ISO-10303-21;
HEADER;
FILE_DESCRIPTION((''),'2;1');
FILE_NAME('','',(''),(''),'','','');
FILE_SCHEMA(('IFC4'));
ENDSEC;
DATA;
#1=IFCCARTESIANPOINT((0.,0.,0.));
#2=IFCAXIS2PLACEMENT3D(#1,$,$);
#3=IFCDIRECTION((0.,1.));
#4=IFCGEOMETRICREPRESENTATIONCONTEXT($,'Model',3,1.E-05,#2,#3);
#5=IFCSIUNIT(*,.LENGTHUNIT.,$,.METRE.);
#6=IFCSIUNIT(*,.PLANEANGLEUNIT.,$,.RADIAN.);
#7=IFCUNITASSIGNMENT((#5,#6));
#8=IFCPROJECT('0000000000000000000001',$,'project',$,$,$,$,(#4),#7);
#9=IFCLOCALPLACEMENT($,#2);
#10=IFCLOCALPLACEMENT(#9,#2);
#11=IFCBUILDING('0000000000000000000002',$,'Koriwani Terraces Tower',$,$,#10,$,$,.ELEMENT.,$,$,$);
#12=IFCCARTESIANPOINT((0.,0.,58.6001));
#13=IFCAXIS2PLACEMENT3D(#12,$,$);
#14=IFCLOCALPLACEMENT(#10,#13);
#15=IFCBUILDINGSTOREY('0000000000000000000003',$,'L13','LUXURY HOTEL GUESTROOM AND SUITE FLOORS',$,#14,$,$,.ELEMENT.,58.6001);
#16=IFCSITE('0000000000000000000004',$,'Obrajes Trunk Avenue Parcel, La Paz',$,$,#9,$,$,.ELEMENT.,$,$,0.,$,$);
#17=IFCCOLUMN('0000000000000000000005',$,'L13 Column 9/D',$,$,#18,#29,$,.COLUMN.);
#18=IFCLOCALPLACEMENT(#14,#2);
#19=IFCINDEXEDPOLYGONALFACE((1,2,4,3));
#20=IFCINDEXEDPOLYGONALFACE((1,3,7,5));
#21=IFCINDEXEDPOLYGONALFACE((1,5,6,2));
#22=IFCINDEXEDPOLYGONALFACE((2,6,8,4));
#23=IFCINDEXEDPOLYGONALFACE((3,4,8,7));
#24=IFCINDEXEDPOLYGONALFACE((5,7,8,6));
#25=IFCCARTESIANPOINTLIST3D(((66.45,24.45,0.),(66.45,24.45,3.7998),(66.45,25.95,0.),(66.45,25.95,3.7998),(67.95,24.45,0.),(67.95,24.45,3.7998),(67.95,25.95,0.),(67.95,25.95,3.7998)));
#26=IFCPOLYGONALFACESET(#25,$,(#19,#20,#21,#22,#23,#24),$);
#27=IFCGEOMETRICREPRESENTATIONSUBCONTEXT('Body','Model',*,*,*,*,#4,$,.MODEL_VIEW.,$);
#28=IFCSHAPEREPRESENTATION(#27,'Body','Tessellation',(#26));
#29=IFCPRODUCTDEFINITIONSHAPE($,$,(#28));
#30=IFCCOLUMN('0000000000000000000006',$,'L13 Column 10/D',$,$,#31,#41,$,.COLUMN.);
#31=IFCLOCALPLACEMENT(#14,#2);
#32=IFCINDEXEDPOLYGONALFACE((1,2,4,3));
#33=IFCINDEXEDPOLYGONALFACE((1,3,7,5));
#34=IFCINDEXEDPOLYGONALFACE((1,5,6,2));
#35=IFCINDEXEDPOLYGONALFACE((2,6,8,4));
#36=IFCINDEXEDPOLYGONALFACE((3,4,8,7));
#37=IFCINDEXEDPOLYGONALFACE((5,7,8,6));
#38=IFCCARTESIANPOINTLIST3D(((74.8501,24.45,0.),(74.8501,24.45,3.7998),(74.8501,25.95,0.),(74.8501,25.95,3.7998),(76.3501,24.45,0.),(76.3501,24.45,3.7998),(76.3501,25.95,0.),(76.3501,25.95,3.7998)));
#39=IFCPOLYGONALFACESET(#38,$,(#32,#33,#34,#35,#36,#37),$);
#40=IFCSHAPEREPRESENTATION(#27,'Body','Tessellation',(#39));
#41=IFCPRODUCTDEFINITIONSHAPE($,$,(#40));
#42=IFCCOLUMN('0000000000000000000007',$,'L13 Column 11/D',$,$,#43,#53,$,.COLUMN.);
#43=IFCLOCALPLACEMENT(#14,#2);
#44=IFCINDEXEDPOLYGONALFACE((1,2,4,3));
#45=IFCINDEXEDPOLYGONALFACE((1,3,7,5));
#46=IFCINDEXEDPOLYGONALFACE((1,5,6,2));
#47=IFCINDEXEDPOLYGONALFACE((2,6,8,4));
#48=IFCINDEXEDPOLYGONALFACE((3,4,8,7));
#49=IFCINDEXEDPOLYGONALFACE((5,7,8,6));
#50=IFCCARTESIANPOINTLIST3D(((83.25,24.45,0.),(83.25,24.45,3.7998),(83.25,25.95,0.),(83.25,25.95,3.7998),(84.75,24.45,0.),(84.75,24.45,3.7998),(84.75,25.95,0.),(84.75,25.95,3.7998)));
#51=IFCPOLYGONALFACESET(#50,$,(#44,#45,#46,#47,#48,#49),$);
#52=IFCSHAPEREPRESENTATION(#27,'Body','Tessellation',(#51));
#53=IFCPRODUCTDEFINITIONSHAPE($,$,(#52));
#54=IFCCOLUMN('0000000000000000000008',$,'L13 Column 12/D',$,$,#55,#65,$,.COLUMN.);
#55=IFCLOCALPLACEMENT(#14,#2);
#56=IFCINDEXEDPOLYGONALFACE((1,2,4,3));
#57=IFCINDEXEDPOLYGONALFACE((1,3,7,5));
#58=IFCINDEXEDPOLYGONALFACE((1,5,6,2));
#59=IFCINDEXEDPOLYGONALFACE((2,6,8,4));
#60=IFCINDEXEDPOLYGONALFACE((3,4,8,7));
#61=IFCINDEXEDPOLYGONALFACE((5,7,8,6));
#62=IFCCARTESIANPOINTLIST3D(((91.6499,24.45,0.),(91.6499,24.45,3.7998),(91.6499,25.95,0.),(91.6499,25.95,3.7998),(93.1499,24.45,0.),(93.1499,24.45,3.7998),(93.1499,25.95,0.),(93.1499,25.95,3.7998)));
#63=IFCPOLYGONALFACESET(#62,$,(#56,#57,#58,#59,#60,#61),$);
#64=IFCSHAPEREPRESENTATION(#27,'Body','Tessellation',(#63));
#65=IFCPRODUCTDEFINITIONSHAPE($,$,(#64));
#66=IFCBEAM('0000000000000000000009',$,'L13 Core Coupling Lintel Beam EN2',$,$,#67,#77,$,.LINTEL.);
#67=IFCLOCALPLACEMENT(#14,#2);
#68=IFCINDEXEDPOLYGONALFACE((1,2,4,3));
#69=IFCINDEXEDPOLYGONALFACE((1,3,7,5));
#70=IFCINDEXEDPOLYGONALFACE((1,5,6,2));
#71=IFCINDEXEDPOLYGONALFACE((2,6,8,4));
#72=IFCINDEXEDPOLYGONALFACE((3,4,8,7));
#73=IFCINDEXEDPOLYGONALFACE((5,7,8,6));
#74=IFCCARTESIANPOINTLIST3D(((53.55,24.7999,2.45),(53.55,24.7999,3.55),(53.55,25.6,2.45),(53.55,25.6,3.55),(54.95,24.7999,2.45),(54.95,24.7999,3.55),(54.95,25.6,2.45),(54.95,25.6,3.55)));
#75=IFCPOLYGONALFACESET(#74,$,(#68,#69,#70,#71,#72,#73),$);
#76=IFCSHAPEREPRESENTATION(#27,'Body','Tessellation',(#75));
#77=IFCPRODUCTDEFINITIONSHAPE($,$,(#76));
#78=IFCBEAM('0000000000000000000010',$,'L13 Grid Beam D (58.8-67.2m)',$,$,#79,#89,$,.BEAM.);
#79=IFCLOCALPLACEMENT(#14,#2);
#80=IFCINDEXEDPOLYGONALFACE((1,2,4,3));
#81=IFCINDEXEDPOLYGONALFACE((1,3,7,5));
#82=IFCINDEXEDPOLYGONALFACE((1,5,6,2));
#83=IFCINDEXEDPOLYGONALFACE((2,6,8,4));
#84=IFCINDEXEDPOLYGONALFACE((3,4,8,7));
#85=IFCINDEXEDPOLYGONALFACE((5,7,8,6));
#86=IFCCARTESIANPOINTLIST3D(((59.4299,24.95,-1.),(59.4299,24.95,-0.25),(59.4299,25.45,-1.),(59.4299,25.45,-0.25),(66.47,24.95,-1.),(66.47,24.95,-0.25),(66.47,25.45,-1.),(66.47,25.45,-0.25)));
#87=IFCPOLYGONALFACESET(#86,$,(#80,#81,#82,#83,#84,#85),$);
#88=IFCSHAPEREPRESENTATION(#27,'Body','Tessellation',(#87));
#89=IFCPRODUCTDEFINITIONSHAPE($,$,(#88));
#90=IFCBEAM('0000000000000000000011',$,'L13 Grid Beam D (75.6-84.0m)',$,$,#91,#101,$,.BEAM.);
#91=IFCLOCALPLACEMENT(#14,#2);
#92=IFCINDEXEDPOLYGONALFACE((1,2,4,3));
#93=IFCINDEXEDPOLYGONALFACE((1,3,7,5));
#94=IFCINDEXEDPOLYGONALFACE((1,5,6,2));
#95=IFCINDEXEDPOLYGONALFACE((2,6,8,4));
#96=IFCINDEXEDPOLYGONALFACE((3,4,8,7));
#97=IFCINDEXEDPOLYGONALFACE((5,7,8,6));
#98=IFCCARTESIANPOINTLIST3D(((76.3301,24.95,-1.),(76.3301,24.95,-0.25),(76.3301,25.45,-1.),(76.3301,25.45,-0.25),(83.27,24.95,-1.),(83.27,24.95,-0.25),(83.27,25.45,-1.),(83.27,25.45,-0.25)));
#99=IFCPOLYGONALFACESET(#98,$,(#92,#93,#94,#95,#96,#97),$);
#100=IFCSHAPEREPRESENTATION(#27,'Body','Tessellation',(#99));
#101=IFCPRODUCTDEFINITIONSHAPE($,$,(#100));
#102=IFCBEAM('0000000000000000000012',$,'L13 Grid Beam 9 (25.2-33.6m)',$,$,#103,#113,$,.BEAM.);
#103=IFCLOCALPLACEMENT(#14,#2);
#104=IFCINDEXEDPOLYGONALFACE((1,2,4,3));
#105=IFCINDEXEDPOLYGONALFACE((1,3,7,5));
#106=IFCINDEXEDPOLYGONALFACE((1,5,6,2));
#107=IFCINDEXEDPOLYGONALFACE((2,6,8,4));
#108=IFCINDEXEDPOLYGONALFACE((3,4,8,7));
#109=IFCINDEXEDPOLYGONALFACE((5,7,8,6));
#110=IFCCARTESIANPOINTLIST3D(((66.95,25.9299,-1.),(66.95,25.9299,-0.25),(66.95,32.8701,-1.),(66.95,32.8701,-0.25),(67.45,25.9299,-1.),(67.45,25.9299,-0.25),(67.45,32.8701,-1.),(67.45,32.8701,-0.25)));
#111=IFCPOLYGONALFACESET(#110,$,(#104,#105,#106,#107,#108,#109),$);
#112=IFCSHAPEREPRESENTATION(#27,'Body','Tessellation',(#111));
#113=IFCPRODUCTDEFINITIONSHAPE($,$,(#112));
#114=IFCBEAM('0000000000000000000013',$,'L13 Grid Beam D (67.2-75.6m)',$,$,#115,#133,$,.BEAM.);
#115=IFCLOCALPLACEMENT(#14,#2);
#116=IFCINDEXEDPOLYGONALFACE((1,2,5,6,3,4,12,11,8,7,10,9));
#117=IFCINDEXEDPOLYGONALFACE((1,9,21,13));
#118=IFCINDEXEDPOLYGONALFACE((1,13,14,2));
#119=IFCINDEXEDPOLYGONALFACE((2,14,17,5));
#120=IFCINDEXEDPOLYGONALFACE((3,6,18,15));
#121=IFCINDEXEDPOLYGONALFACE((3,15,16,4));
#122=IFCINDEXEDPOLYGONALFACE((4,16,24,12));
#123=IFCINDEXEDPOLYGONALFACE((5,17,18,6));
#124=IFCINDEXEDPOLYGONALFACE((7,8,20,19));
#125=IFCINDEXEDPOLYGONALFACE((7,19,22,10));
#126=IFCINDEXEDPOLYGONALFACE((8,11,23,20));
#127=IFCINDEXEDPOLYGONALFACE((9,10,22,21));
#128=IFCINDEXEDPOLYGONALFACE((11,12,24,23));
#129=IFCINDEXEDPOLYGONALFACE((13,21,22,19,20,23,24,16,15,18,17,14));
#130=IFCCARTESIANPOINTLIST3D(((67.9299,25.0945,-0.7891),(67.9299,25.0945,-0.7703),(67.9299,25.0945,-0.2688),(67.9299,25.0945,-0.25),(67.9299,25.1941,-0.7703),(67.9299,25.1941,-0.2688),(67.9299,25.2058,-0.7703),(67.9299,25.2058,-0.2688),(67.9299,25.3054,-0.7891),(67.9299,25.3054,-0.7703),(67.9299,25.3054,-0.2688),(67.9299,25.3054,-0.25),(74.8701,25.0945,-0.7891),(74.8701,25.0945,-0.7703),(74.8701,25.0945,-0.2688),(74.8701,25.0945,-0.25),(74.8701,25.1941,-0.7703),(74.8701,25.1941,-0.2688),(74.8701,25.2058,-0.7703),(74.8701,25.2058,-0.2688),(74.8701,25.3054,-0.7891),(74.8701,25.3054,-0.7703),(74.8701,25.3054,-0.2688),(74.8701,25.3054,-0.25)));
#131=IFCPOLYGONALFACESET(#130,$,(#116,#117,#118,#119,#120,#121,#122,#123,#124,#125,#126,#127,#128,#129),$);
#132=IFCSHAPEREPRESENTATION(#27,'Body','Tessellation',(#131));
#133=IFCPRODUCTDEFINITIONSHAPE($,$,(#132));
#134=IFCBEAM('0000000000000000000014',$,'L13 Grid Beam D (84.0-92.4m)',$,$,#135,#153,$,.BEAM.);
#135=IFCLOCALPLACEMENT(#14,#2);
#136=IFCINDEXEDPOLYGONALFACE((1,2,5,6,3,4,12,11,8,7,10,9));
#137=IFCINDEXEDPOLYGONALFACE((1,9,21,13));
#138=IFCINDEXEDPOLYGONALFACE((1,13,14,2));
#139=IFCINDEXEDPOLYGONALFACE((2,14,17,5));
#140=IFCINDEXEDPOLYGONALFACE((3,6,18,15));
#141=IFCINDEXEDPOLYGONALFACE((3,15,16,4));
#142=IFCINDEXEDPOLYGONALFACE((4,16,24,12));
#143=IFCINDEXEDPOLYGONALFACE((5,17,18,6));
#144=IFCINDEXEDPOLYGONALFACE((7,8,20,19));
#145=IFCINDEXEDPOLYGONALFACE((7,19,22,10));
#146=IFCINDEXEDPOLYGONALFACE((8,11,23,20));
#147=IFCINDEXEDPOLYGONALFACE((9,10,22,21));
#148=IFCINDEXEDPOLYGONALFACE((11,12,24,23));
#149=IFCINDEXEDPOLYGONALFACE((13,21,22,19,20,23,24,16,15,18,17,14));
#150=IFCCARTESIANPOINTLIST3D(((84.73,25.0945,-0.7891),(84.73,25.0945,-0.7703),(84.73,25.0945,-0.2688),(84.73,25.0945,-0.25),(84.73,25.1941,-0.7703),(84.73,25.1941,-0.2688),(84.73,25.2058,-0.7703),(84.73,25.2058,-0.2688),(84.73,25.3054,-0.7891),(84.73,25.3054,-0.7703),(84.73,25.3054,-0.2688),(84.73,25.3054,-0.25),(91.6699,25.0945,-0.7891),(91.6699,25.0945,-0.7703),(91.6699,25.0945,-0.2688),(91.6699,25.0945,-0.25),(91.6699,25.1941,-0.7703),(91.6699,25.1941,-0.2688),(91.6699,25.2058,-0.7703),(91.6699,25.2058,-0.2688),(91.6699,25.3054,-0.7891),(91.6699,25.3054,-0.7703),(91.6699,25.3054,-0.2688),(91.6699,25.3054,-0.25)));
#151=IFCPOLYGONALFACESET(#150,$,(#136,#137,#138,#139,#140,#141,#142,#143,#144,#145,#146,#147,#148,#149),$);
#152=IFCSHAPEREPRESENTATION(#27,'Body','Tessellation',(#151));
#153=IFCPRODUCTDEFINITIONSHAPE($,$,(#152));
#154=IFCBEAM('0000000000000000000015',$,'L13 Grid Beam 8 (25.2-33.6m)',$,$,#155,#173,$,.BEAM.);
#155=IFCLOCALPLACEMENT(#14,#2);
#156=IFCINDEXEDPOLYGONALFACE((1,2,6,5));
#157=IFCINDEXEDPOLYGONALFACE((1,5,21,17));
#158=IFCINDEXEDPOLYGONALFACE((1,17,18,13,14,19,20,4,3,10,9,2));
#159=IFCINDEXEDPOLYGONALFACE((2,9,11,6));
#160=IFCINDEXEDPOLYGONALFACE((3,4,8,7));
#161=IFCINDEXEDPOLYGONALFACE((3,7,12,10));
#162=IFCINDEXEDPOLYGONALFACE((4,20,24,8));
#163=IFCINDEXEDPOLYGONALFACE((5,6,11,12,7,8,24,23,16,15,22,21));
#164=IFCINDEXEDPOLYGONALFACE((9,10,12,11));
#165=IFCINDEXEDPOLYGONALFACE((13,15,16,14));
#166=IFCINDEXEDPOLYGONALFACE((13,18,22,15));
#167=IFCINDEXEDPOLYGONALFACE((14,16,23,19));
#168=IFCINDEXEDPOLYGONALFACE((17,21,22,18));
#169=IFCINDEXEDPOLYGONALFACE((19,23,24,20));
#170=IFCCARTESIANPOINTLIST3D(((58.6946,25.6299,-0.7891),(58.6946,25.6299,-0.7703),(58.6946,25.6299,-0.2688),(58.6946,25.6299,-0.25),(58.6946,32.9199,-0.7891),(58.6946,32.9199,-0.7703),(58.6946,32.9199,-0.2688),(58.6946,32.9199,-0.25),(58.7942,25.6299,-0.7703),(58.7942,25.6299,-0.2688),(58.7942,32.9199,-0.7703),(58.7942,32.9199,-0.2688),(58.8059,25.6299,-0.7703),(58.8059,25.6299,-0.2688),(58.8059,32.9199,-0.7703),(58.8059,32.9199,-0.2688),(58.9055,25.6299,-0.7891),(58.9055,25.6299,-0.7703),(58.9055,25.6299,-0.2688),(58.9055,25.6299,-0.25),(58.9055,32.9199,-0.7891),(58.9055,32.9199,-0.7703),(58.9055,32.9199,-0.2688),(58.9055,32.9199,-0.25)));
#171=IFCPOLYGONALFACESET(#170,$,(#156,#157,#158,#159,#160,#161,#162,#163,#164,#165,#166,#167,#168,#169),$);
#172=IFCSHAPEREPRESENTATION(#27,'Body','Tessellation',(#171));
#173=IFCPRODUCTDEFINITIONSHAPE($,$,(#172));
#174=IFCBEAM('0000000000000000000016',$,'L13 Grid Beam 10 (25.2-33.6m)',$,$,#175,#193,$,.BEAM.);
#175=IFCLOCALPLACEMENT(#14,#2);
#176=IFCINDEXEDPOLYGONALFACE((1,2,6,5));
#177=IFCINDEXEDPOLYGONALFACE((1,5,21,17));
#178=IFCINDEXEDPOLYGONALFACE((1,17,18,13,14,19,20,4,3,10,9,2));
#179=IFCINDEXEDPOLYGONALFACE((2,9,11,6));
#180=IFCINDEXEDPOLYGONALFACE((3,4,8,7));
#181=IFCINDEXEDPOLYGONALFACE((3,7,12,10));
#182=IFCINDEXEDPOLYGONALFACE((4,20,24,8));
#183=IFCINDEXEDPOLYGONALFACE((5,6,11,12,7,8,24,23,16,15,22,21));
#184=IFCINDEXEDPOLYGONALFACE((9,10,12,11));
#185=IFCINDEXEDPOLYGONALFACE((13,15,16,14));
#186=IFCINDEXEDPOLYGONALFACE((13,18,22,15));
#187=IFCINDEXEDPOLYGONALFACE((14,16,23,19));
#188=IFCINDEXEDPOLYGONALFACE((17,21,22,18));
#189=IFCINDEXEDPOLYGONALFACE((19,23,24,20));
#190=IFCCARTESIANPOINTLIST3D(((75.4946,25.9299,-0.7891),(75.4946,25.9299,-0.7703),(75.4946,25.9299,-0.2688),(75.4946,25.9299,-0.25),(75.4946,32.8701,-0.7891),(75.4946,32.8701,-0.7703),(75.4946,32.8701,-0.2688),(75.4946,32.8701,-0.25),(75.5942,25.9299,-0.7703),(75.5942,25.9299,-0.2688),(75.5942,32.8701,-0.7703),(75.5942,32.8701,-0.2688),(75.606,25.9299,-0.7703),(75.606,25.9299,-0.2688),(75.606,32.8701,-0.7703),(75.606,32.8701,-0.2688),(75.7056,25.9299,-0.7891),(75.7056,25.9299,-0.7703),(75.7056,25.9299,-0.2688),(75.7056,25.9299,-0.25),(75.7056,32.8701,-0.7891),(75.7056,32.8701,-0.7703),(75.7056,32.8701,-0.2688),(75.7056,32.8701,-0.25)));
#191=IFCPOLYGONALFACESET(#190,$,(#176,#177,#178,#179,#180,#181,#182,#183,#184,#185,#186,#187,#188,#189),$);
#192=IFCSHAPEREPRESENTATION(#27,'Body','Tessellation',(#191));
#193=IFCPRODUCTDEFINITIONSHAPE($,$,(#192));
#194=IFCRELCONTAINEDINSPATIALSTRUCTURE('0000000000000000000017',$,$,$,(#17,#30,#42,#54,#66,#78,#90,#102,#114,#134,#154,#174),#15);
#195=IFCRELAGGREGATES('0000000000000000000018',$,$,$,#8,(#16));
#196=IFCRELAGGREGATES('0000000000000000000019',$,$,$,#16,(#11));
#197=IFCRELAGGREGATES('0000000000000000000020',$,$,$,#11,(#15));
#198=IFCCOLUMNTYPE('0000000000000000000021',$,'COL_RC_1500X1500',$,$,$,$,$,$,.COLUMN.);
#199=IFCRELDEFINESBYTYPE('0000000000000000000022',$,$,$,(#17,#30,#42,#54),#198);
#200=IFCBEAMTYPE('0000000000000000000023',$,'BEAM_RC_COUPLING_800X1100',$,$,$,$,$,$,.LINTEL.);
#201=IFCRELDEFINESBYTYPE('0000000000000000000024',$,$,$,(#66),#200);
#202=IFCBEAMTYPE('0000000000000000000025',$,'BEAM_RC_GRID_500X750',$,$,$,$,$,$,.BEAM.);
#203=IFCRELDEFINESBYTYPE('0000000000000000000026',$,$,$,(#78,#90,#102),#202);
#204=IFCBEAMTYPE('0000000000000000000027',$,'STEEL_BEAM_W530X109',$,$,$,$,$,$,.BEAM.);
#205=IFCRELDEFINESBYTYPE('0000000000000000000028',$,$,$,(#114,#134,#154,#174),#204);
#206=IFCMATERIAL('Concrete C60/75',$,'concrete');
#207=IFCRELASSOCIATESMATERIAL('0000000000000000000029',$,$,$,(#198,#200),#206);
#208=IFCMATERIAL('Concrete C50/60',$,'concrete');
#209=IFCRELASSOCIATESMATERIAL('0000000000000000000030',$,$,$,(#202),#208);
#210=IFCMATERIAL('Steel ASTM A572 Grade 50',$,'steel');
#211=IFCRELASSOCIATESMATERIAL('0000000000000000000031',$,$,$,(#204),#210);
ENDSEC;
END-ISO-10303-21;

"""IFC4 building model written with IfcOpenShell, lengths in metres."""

from ifc_helpers import new_model, si_unit, direction, frame, origin, origin_2d, place, context, subcontext, project, spatial, rectangle, i_section, extrude, material, material_profile, profile_set, type_object, element, save


model = new_model("IFC4")

# Units and contexts
model_context = context("Model", 3, precision=1e-05, world=origin(), true_north=direction((0.0, 1.0)))
body_context = subcontext(model_context, "Body", "Model", "MODEL_VIEW")
ifc_project = project(units=[si_unit("LENGTHUNIT", "METRE"), si_unit("PLANEANGLEUNIT", "RADIAN")], contexts=[model_context])

# Site, building, storey
site_placement = place(None, origin())
site = spatial("IfcSite", under=ifc_project, at=site_placement, Name="Obrajes Trunk Avenue Parcel, La Paz", CompositionType="ELEMENT", RefElevation=0.0)
building_placement = place(site_placement, origin())
building = spatial("IfcBuilding", under=site, at=building_placement, Name="Koriwani Terraces Tower", CompositionType="ELEMENT")
storey_placement = place(building_placement, frame((0.0, 0.0, 58.6001)))
storey = spatial("IfcBuildingStorey", under=building, at=storey_placement, Name="L13", Description="LUXURY HOTEL GUESTROOM AND SUITE FLOORS", CompositionType="ELEMENT", Elevation=58.6001)

# Columns
ifc_material_1 = material(Name="Concrete C60/75", Category="concrete")
ifc_material_profile_1 = material_profile(ifc_material_1, rectangle(XDim=1.5, YDim=1.5, at=origin_2d()), Name="Concrete C60/75", Category="LoadBearing")
ifc_profile_set_1 = profile_set([ifc_material_profile_1], Name="Concrete C60/75")
column_type = type_object("IfcColumnType", Name="COL_RC_1500X1500", PredefinedType="COLUMN", material=ifc_profile_set_1)
for number, where, z_axis, x_axis, name in (
    (1, (67.2, 25.2, 0.0), (0.0, 0.0, 1.0), (1.0, 0.0, 0.0), "L13 Column 9/D"),
    (2, (75.6001, 25.2, 0.0), (0.0, 0.0, 1.0), (1.0, 0.0, 0.0), "L13 Column 10/D"),
    (3, (84.0, 25.2, 0.0), (0.0, 0.0, 1.0), (1.0, 0.0, 0.0), "L13 Column 11/D"),
    (4, (92.3999, 25.2, 0.0), (0.0, 0.0, 1.0), (1.0, 0.0, 0.0), "L13 Column 12/D"),
):
    element("IfcColumn", number, at=place(storey_placement, frame(where, z_axis=z_axis, x_axis=x_axis)), inside=storey, type_object=column_type, Name=name, PredefinedType="COLUMN", context=body_context, shape_type="SweptSolid", body=[
        extrude(rectangle(XDim=1.5, YDim=1.5, at=origin_2d()), origin(), (0.0, 0.0, 1.0), 3.7998),
    ])

# Beams
ifc_material_profile_2 = material_profile(ifc_material_1, rectangle(XDim=0.8, YDim=1.1001, at=origin_2d()), Name="Concrete C60/75", Category="LoadBearing")
ifc_profile_set_2 = profile_set([ifc_material_profile_2], Name="Concrete C60/75")
beam_type_1 = type_object("IfcBeamType", Name="BEAM_RC_COUPLING_800X1100", PredefinedType="LINTEL", material=ifc_profile_set_2)
beam_1_placement = place(storey_placement, frame((53.55, 25.2, 3.0), z_axis=(1.0, 0.0, 0.0), x_axis=(0.0, 1.0, 0.0)))
element("IfcBeam", 5, at=beam_1_placement, inside=storey, type_object=beam_type_1, Name="L13 Core Coupling Lintel Beam EN2", PredefinedType="LINTEL", context=body_context, shape_type="SweptSolid", body=[
    extrude(rectangle(XDim=0.8, YDim=1.1001, at=origin_2d()), origin(), (0.0, 0.0, 1.0), 1.3999),
])
ifc_material_2 = material(Name="Concrete C50/60", Category="concrete")
ifc_material_profile_3 = material_profile(ifc_material_2, rectangle(XDim=0.5, YDim=0.75, at=origin_2d()), Name="Concrete C50/60", Category="LoadBearing")
ifc_profile_set_3 = profile_set([ifc_material_profile_3], Name="Concrete C50/60")
beam_type_2 = type_object("IfcBeamType", Name="BEAM_RC_GRID_500X750", PredefinedType="BEAM", material=ifc_profile_set_3)
beam_2_placement = place(storey_placement, frame((59.4299, 25.2, -0.625), z_axis=(1.0, 0.0, 0.0), x_axis=(0.0, 1.0, 0.0)))
element("IfcBeam", 6, at=beam_2_placement, inside=storey, type_object=beam_type_2, Name="L13 Grid Beam D (58.8-67.2m)", PredefinedType="BEAM", context=body_context, shape_type="SweptSolid", body=[
    extrude(rectangle(XDim=0.5, YDim=0.75, at=origin_2d()), origin(), (0.0, 0.0, 1.0), 7.04),
])
beam_3_placement = place(storey_placement, frame((76.3301, 25.2, -0.625), z_axis=(1.0, 0.0, 0.0), x_axis=(0.0, 1.0, 0.0)))
element("IfcBeam", 7, at=beam_3_placement, inside=storey, type_object=beam_type_2, Name="L13 Grid Beam D (75.6-84.0m)", PredefinedType="BEAM", context=body_context, shape_type="SweptSolid", body=[
    extrude(rectangle(XDim=0.5, YDim=0.75, at=origin_2d()), origin(), (0.0, 0.0, 1.0), 6.9399),
])
beam_4_placement = place(storey_placement, frame((67.2, 25.9299, -0.625), z_axis=(0.0, 1.0, 0.0), x_axis=(-1.0, 0.0, 0.0)))
element("IfcBeam", 8, at=beam_4_placement, inside=storey, type_object=beam_type_2, Name="L13 Grid Beam 9 (25.2-33.6m)", PredefinedType="BEAM", context=body_context, shape_type="SweptSolid", body=[
    extrude(rectangle(XDim=0.5, YDim=0.75, at=origin_2d()), origin(), (0.0, 0.0, 1.0), 6.9402),
])
ifc_material_3 = material(Name="Steel ASTM A572 Grade 50", Category="steel")
ifc_material_profile_4 = material_profile(ifc_material_3, i_section(OverallWidth=0.2109, OverallDepth=0.5391, WebThickness=0.0117, FlangeThickness=0.0188, at=origin_2d()), Name="Steel ASTM A572 Grade 50", Category="LoadBearing")
ifc_profile_set_4 = profile_set([ifc_material_profile_4], Name="Steel ASTM A572 Grade 50")
beam_type_3 = type_object("IfcBeamType", Name="STEEL_BEAM_W530X109", PredefinedType="BEAM", material=ifc_profile_set_4)
beam_5_placement = place(storey_placement, frame((67.9299, 25.2, -0.5195), z_axis=(1.0, 0.0, 0.0), x_axis=(0.0, 1.0, 0.0)))
element("IfcBeam", 9, at=beam_5_placement, inside=storey, type_object=beam_type_3, Name="L13 Grid Beam D (67.2-75.6m)", PredefinedType="BEAM", context=body_context, shape_type="SweptSolid", body=[
    extrude(i_section(OverallWidth=0.2109, OverallDepth=0.5391, WebThickness=0.0117, FlangeThickness=0.0188, at=origin_2d()), origin(), (0.0, 0.0, 1.0), 6.9402),
])
beam_6_placement = place(storey_placement, frame((84.73, 25.2, -0.5195), z_axis=(1.0, 0.0, 0.0), x_axis=(0.0, 1.0, 0.0)))
element("IfcBeam", 10, at=beam_6_placement, inside=storey, type_object=beam_type_3, Name="L13 Grid Beam D (84.0-92.4m)", PredefinedType="BEAM", context=body_context, shape_type="SweptSolid", body=[
    extrude(i_section(OverallWidth=0.2109, OverallDepth=0.5391, WebThickness=0.0117, FlangeThickness=0.0188, at=origin_2d()), origin(), (0.0, 0.0, 1.0), 6.9399),
])
beam_7_placement = place(storey_placement, frame((58.8, 25.6299, -0.5195), z_axis=(0.0, 1.0, 0.0), x_axis=(-1.0, 0.0, 0.0)))
element("IfcBeam", 11, at=beam_7_placement, inside=storey, type_object=beam_type_3, Name="L13 Grid Beam 8 (25.2-33.6m)", PredefinedType="BEAM", context=body_context, shape_type="SweptSolid", body=[
    extrude(i_section(OverallWidth=0.2109, OverallDepth=0.5391, WebThickness=0.0117, FlangeThickness=0.0188, at=origin_2d()), origin(), (0.0, 0.0, 1.0), 7.29),
])
beam_8_placement = place(storey_placement, frame((75.6001, 25.9299, -0.5195), z_axis=(0.0, 1.0, 0.0), x_axis=(-1.0, 0.0, 0.0)))
element("IfcBeam", 12, at=beam_8_placement, inside=storey, type_object=beam_type_3, Name="L13 Grid Beam 10 (25.2-33.6m)", PredefinedType="BEAM", context=body_context, shape_type="SweptSolid", body=[
    extrude(i_section(OverallWidth=0.2109, OverallDepth=0.5391, WebThickness=0.0117, FlangeThickness=0.0188, at=origin_2d()), origin(), (0.0, 0.0, 1.0), 6.9402),
])

save(model, "model.ifc")
